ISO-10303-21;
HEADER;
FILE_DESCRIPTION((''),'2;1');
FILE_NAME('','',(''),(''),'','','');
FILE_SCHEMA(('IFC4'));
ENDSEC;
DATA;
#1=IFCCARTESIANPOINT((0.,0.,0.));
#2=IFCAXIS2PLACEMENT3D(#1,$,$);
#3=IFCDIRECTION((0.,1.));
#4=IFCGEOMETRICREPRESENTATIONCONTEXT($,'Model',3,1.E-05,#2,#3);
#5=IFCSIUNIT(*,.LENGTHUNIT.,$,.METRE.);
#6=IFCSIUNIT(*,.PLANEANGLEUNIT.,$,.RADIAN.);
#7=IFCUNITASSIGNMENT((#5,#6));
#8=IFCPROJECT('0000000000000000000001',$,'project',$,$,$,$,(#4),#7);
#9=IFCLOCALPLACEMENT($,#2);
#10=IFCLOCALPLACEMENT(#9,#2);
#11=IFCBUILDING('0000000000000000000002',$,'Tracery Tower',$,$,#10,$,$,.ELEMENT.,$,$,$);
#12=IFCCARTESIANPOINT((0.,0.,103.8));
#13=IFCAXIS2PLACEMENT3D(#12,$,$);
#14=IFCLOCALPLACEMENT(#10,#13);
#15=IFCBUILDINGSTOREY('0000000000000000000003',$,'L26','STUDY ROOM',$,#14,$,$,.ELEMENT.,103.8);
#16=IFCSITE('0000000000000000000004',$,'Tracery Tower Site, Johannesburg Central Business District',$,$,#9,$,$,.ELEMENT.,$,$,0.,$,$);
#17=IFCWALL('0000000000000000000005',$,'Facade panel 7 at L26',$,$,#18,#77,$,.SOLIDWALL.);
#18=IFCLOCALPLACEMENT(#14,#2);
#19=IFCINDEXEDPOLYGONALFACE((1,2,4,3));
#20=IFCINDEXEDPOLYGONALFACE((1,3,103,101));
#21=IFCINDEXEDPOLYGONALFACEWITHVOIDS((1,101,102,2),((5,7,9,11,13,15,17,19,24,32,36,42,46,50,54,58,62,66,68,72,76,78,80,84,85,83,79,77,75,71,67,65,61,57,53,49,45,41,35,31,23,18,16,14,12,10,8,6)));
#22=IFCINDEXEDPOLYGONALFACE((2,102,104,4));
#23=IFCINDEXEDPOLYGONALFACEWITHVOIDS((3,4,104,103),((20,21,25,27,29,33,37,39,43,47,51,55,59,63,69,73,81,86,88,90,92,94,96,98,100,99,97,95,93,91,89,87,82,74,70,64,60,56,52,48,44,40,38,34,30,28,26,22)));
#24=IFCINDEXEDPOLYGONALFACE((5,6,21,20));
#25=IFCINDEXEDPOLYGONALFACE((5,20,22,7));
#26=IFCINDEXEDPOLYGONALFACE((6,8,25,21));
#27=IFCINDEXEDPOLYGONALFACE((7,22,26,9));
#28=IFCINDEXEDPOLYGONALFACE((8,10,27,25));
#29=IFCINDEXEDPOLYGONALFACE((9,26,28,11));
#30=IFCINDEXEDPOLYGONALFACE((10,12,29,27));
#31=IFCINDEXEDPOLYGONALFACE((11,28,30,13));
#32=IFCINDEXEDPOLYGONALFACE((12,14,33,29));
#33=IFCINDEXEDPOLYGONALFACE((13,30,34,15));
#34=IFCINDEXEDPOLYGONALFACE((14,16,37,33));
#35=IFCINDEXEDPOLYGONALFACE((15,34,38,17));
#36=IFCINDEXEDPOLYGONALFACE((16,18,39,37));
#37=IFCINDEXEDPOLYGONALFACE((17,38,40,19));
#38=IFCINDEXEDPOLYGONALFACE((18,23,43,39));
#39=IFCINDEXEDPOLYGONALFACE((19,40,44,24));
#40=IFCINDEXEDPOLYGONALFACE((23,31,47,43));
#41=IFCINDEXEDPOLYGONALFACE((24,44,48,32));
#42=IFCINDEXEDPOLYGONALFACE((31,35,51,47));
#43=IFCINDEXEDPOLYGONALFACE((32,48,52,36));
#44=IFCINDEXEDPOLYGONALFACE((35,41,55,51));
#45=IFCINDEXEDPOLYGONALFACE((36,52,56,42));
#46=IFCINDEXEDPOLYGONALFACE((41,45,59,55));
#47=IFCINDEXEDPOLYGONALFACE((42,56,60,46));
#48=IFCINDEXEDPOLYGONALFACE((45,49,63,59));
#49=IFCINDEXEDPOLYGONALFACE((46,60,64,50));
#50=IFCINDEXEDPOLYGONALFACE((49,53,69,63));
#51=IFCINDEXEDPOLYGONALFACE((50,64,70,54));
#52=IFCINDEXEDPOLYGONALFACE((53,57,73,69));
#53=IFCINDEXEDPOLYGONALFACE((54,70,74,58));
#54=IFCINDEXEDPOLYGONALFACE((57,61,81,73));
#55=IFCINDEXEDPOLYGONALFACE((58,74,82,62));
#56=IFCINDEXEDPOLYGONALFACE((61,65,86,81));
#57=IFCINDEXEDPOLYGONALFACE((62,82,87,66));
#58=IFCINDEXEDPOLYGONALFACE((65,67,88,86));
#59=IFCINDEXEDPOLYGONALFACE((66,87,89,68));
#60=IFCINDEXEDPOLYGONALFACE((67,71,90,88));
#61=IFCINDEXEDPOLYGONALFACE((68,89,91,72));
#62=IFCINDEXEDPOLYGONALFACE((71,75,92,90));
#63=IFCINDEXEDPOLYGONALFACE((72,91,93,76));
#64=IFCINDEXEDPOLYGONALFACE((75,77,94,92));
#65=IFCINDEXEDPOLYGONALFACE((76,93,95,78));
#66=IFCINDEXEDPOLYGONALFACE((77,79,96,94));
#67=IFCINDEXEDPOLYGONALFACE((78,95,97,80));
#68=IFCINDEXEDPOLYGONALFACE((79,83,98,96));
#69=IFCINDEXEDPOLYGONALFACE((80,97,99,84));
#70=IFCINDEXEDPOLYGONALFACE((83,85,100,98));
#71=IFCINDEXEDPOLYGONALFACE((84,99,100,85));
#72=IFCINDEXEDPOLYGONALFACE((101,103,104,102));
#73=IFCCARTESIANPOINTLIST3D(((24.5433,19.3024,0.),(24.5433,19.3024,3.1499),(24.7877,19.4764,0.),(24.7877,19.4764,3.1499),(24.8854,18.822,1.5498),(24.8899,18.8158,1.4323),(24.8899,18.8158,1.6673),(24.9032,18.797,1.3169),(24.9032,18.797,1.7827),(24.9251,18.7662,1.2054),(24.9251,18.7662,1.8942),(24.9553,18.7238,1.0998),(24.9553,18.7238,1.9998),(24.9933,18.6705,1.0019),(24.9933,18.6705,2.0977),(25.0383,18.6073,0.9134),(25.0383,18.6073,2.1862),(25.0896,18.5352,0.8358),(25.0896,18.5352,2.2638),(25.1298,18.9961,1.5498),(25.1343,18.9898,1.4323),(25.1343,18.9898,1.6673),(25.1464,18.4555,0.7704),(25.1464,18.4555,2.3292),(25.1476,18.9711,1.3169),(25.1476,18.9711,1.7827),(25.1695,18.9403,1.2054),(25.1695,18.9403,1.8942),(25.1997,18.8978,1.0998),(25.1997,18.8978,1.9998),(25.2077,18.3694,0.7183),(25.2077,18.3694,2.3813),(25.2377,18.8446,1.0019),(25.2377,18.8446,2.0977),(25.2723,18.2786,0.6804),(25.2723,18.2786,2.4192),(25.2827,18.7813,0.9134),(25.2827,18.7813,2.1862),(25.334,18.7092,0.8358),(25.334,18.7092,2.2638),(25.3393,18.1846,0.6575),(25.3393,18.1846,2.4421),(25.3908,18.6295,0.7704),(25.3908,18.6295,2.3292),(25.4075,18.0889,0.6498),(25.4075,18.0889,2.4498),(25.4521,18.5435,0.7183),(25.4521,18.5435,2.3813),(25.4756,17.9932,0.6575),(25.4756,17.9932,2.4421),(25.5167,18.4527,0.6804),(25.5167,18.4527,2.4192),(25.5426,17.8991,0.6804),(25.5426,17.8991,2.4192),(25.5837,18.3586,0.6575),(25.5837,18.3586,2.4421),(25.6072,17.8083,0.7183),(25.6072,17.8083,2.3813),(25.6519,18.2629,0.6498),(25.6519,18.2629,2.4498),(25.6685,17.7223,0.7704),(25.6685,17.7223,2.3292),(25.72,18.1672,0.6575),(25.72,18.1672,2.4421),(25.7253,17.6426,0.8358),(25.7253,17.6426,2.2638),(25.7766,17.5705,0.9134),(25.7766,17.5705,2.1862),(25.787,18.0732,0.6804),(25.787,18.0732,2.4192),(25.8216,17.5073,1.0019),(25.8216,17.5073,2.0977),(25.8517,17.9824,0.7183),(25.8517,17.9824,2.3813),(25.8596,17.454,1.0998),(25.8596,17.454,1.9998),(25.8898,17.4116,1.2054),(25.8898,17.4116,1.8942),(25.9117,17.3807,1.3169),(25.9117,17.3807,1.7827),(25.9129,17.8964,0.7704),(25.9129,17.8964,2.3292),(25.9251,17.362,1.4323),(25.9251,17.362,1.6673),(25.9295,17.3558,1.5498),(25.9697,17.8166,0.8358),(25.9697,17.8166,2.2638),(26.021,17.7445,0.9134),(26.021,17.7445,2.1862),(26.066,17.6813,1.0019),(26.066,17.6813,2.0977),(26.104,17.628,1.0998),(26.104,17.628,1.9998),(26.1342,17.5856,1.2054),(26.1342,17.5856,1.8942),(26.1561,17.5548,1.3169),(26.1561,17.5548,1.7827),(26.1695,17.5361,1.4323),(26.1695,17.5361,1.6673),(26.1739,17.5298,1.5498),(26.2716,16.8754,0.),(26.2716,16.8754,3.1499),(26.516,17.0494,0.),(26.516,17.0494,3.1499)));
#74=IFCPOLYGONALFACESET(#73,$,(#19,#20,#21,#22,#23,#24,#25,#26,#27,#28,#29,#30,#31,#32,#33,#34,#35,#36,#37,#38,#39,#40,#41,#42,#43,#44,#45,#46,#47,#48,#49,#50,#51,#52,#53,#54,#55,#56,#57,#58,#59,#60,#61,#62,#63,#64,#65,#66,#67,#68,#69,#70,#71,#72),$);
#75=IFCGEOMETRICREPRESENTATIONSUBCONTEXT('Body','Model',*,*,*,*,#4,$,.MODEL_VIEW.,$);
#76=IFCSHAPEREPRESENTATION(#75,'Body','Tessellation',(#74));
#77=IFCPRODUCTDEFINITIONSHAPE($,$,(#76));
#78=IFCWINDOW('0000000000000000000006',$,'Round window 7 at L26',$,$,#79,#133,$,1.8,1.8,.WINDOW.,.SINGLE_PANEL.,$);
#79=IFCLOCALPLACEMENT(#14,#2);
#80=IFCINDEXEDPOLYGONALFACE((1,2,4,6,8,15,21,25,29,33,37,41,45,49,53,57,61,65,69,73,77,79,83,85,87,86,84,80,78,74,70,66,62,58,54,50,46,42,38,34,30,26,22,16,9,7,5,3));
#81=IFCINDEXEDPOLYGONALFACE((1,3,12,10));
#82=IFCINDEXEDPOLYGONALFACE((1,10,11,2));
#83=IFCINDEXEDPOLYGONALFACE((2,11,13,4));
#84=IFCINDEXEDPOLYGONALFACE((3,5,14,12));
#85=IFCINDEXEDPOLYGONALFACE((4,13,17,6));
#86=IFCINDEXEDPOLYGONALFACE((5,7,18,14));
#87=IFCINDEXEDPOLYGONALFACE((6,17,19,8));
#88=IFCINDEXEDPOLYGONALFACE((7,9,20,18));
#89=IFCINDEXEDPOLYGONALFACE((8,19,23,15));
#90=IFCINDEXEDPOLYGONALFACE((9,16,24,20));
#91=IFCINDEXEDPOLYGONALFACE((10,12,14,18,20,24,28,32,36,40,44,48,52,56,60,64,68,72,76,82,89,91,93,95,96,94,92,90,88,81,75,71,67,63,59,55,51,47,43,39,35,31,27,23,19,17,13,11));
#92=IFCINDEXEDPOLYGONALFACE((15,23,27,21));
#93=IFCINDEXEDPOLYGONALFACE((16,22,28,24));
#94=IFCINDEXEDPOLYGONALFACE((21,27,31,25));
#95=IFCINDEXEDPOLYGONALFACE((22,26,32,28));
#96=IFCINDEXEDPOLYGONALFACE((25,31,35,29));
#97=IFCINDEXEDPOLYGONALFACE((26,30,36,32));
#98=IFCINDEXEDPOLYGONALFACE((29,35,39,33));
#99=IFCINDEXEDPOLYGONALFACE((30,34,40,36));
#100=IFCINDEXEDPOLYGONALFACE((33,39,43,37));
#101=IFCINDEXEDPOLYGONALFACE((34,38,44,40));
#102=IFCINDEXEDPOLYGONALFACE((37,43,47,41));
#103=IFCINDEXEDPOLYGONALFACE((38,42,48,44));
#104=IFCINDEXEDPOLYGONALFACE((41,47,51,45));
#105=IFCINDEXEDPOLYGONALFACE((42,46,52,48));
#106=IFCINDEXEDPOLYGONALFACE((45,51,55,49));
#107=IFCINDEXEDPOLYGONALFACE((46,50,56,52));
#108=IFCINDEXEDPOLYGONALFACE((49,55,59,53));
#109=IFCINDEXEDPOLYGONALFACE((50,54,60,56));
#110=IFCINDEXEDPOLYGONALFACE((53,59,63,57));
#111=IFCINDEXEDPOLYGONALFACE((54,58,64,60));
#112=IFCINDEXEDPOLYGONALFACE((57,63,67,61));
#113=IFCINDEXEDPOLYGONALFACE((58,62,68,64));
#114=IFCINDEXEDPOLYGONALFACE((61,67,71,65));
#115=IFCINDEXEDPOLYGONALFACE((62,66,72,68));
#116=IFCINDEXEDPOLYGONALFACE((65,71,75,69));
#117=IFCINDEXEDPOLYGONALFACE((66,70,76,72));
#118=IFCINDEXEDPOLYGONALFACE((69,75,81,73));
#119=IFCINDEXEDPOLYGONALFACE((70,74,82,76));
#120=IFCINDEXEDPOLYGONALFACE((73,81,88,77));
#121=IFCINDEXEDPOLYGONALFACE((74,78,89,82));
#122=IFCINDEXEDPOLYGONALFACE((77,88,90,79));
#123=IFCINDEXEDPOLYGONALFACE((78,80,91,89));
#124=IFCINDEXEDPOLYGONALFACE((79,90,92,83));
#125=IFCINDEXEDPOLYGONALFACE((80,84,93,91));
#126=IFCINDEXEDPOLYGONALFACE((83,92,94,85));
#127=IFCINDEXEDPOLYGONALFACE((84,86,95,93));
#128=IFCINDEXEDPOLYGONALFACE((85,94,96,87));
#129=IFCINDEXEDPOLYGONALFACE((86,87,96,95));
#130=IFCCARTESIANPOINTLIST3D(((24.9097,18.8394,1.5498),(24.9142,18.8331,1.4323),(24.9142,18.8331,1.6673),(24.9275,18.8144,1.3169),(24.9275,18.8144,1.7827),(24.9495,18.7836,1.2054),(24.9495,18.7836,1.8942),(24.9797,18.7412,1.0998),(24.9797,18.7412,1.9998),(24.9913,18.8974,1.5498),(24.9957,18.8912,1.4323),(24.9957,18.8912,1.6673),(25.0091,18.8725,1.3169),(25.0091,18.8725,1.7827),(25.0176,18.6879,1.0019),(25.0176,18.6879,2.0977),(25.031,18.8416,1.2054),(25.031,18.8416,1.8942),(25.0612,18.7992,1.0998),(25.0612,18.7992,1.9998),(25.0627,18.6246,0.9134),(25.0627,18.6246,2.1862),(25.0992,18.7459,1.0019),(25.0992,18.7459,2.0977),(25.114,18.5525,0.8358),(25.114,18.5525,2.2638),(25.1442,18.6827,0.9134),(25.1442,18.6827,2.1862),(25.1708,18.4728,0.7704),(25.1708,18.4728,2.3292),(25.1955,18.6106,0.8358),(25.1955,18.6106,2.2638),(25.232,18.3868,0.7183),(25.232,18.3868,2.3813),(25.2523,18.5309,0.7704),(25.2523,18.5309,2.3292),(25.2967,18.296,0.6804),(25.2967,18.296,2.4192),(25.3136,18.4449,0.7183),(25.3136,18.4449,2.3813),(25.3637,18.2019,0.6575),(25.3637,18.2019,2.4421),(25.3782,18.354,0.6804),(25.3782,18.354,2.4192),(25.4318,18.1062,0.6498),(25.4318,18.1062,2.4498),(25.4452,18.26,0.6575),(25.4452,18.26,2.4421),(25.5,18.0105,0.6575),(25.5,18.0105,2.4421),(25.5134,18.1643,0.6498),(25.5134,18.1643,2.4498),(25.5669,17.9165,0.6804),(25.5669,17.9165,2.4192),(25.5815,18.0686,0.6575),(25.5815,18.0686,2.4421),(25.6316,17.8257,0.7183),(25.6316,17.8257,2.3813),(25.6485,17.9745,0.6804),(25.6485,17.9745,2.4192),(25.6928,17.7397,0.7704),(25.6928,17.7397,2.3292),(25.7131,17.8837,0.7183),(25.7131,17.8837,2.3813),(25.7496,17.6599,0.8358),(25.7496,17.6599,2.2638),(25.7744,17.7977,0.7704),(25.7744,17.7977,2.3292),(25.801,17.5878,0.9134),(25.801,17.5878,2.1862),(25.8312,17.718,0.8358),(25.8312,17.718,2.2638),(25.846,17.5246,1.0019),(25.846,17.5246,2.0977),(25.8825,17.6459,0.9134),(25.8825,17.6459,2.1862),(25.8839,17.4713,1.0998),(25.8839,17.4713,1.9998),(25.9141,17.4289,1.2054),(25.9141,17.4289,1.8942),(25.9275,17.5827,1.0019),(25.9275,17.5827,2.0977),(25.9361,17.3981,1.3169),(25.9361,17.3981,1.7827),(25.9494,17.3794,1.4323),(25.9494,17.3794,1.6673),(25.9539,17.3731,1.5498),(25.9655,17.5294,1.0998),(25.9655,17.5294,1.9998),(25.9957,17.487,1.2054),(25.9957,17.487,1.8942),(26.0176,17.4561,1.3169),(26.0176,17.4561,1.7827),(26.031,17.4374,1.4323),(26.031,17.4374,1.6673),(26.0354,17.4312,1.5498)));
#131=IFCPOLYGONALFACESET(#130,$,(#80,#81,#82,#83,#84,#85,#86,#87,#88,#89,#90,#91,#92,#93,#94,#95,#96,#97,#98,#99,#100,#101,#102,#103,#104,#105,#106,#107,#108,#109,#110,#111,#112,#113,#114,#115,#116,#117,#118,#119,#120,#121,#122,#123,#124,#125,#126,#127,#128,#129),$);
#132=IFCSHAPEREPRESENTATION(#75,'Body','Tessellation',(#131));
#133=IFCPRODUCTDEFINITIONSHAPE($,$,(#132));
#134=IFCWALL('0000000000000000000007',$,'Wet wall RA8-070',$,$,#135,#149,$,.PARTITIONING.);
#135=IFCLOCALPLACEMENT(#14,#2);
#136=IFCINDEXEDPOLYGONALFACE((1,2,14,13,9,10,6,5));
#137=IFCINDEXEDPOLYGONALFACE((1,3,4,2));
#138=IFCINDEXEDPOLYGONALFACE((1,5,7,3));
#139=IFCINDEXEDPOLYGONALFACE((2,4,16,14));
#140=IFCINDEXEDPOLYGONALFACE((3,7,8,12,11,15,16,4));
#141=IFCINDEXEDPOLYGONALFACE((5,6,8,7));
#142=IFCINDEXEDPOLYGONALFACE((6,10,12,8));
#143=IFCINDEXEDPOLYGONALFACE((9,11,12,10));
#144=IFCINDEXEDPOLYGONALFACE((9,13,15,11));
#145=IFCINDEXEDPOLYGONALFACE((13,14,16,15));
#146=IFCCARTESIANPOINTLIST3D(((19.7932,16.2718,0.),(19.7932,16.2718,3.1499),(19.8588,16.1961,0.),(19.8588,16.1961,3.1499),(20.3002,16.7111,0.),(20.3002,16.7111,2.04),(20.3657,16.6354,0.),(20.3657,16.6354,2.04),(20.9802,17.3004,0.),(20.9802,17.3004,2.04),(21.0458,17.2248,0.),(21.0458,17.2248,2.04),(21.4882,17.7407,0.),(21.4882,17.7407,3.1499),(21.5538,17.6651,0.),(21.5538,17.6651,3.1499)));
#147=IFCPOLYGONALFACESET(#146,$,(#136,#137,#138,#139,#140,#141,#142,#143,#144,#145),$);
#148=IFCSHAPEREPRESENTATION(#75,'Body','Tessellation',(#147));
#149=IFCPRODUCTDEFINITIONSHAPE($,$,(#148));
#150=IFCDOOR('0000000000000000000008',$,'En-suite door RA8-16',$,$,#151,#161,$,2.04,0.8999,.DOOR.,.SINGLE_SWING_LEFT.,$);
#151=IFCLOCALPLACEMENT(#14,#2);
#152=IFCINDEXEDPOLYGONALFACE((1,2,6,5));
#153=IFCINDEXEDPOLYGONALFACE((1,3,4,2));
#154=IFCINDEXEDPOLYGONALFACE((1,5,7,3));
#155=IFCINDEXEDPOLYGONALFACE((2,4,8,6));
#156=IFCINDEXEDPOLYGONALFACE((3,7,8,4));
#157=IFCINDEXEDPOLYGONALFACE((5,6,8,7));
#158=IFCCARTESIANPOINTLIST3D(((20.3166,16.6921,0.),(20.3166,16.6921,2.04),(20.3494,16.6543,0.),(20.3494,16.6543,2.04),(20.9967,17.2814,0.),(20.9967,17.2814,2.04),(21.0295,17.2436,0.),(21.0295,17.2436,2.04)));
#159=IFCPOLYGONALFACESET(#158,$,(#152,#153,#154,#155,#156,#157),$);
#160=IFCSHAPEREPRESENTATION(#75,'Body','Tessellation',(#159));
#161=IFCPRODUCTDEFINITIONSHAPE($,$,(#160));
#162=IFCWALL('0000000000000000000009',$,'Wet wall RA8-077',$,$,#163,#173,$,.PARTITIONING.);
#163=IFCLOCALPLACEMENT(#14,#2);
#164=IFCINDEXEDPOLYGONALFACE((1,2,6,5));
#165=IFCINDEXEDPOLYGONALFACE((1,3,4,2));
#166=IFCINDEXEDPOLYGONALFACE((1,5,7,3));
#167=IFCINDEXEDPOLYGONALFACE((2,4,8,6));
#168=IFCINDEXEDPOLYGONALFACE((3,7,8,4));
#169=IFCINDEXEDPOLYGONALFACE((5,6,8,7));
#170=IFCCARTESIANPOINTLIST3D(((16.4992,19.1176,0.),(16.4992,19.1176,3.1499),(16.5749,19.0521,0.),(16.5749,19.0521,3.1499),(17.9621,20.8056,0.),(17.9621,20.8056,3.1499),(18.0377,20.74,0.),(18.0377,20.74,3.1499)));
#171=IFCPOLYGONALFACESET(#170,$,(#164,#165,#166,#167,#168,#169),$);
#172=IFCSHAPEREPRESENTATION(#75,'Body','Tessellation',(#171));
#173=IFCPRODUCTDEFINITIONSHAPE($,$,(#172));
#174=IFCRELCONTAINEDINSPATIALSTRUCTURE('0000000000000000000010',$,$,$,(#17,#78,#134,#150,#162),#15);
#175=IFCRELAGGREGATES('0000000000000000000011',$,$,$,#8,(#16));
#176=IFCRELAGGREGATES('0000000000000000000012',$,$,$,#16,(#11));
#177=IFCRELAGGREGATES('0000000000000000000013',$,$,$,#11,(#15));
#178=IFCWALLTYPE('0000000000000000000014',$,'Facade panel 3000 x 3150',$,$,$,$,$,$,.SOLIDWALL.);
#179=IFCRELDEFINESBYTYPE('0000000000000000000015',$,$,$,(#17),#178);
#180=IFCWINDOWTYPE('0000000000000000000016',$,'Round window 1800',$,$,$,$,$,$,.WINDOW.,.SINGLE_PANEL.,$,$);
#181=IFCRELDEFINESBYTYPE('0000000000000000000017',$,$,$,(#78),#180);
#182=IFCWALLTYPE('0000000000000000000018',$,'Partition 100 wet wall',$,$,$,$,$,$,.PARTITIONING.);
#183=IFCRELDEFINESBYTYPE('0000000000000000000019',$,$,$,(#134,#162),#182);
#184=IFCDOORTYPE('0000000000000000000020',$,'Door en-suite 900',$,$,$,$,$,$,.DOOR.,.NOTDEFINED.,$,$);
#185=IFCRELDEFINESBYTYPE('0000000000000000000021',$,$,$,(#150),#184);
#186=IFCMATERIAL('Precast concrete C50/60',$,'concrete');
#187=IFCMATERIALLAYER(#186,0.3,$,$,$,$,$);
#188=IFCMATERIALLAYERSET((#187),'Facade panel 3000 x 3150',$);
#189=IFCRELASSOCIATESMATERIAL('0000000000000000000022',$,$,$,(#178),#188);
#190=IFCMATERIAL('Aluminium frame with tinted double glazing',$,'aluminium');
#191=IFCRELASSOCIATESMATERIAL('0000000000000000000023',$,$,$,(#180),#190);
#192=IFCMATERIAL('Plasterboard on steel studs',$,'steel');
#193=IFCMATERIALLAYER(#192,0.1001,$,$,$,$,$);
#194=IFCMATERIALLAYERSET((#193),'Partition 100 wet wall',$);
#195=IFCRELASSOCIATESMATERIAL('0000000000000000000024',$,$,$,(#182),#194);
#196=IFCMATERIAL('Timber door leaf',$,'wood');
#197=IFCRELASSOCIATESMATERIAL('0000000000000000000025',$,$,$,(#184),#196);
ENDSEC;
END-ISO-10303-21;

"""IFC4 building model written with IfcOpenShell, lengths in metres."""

from ifc_helpers import new_model, si_unit, direction, frame, frame_2d, origin, origin_2d, place, context, subcontext, project, spatial, rectangle, circle, extrude, material, layer, layer_set, type_object, element, fill, save


model = new_model("IFC4")

# Units and contexts
model_context = context("Model", 3, precision=1e-05, world=origin(), true_north=direction((0.0, 1.0)))
body_context = subcontext(model_context, "Body", "Model", "MODEL_VIEW")
ifc_project = project(units=[si_unit("LENGTHUNIT", "METRE"), si_unit("PLANEANGLEUNIT", "RADIAN")], contexts=[model_context])

# Site, building, storey
site_placement = place(None, origin())
site = spatial("IfcSite", under=ifc_project, at=site_placement, Name="Tracery Tower Site, Johannesburg Central Business District", CompositionType="ELEMENT", RefElevation=0.0)
building_placement = place(site_placement, origin())
building = spatial("IfcBuilding", under=site, at=building_placement, Name="Tracery Tower", CompositionType="ELEMENT")
storey_placement = place(building_placement, frame((0.0, 0.0, 103.8)))
storey = spatial("IfcBuildingStorey", under=building, at=storey_placement, Name="L26", Description="STUDY ROOM", CompositionType="ELEMENT", Elevation=103.8)

# Wall, opening, window
ifc_material_1 = material(Name="Precast concrete C50/60", Category="concrete")
ifc_layer_1 = layer(ifc_material_1, 0.3)
ifc_layer_set_1 = layer_set([ifc_layer_1], Name="Facade panel 3000 x 3150")
wall_type_1 = type_object("IfcWallType", Name="Facade panel 3000 x 3150", PredefinedType="SOLIDWALL", material=ifc_layer_set_1)
ifc_material_2 = material(Name="Aluminium frame with tinted double glazing", Category="aluminium")
window_type = type_object("IfcWindowType", Name="Round window 1800", PartitioningType="SINGLE_PANEL", PredefinedType="WINDOW", material=ifc_material_2)
wall_1_placement = place(storey_placement, frame((26.3938, 16.9624, 0.0), z_axis=(0.0, 0.0, 1.0), x_axis=(-0.580059, 0.814574, 0.0)))
wall_1 = element("IfcWall", 1, at=wall_1_placement, inside=storey, type_object=wall_type_1, Name="Facade panel 7 at L26", PredefinedType="SOLIDWALL", context=body_context, shape_type="SweptSolid", body=[
    extrude(rectangle(XDim=2.9795, YDim=0.3, at=frame_2d((1.4897, 0.0))), origin(), (0.0, 0.0, 1.0), 3.1499),
])
opening_1_placement = place(wall_1_placement, frame((1.4897, 0.0, 1.5498)))
opening_1 = element("IfcOpeningElement", 2, at=opening_1_placement, cuts=wall_1, PredefinedType="OPENING", context=body_context, shape_type="SweptSolid", body=[
    extrude(circle(Radius=0.9, at=origin_2d()), frame((0.0, 0.1599, 0.0), z_axis=(0.0, -1.0, 0.0), x_axis=(1.0, 0.0, 0.0)), (0.0, 0.0, 1.0), 0.3201),
])
window_1_placement = place(opening_1_placement, origin())
window_1 = element("IfcWindow", 3, at=window_1_placement, inside=storey, type_object=window_type, Name="Round window 7 at L26", OverallHeight=1.8, OverallWidth=1.8, PartitioningType="SINGLE_PANEL", PredefinedType="WINDOW", context=body_context, shape_type="SweptSolid", body=[
    extrude(circle(Radius=0.9, at=origin_2d()), frame((0.0, 0.1201, 0.0), z_axis=(0.0, -1.0, 0.0), x_axis=(1.0, 0.0, 0.0)), (0.0, 0.0, 1.0), 0.1001),
])
fill(opening_1, window_1)

# Wall, opening, door
ifc_material_3 = material(Name="Plasterboard on steel studs", Category="steel")
ifc_layer_2 = layer(ifc_material_3, 0.1001)
ifc_layer_set_2 = layer_set([ifc_layer_2], Name="Partition 100 wet wall")
wall_type_2 = type_object("IfcWallType", Name="Partition 100 wet wall", PredefinedType="PARTITIONING", material=ifc_layer_set_2)
wall_2_placement = place(storey_placement, frame((19.8259, 16.2339, 0.0), z_axis=(0.0, 0.0, 1.0), x_axis=(0.755703, 0.654914, 0.0)))
wall_2 = element("IfcWall", 4, at=wall_2_placement, inside=storey, type_object=wall_type_2, Name="Wet wall RA8-070", PredefinedType="PARTITIONING", context=body_context, shape_type="SweptSolid", body=[
    extrude(rectangle(XDim=2.2429, YDim=0.1001, at=frame_2d((1.1216, 0.0))), origin(), (0.0, 0.0, 1.0), 3.1499),
])
opening_2_placement = place(wall_2_placement, frame((0.6709, 0.0, 0.0)))
opening_2 = element("IfcOpeningElement", 5, at=opening_2_placement, cuts=wall_2, PredefinedType="OPENING", context=body_context, shape_type="SweptSolid", body=[
    extrude(rectangle(XDim=0.8999, YDim=2.04, at=frame_2d((0.45, 1.02))), frame((0.0, 0.05, 0.0), z_axis=(0.0, -1.0, 0.0), x_axis=(1.0, 0.0, 0.0)), (0.0, 0.0, 1.0), 0.1001),
])
ifc_material_4 = material(Name="Timber door leaf", Category="wood")
door_type_1 = type_object("IfcDoorType", Name="Door en-suite 900", OperationType="NOTDEFINED", PredefinedType="DOOR", material=ifc_material_4)
door_1_placement = place(opening_2_placement, origin())
door_1 = element("IfcDoor", 6, at=door_1_placement, inside=storey, type_object=door_type_1, Name="En-suite door RA8-16", OperationType="SINGLE_SWING_LEFT", OverallHeight=2.04, OverallWidth=0.8999, PredefinedType="DOOR", context=body_context, shape_type="SweptSolid", body=[
    extrude(rectangle(XDim=0.8999, YDim=2.04, at=frame_2d((0.45, 1.02))), frame((0.0, 0.0249, 0.0), z_axis=(0.0, -1.0, 0.0), x_axis=(1.0, 0.0, 0.0)), (0.0, 0.0, 1.0), 0.05),
])
fill(opening_2, door_1)

# Wall
wall_3_placement = place(storey_placement, frame((16.5371, 19.085, 0.0), z_axis=(0.0, 0.0, 1.0), x_axis=(0.654922, 0.755696, 0.0)))
element("IfcWall", 7, at=wall_3_placement, inside=storey, type_object=wall_type_2, Name="Wet wall RA8-077", PredefinedType="PARTITIONING", context=body_context, shape_type="SweptSolid", body=[
    extrude(rectangle(XDim=2.2336, YDim=0.1001, at=frame_2d((1.1167, 0.0))), origin(), (0.0, 0.0, 1.0), 3.1499),
])

save(model, "model.ifc")
